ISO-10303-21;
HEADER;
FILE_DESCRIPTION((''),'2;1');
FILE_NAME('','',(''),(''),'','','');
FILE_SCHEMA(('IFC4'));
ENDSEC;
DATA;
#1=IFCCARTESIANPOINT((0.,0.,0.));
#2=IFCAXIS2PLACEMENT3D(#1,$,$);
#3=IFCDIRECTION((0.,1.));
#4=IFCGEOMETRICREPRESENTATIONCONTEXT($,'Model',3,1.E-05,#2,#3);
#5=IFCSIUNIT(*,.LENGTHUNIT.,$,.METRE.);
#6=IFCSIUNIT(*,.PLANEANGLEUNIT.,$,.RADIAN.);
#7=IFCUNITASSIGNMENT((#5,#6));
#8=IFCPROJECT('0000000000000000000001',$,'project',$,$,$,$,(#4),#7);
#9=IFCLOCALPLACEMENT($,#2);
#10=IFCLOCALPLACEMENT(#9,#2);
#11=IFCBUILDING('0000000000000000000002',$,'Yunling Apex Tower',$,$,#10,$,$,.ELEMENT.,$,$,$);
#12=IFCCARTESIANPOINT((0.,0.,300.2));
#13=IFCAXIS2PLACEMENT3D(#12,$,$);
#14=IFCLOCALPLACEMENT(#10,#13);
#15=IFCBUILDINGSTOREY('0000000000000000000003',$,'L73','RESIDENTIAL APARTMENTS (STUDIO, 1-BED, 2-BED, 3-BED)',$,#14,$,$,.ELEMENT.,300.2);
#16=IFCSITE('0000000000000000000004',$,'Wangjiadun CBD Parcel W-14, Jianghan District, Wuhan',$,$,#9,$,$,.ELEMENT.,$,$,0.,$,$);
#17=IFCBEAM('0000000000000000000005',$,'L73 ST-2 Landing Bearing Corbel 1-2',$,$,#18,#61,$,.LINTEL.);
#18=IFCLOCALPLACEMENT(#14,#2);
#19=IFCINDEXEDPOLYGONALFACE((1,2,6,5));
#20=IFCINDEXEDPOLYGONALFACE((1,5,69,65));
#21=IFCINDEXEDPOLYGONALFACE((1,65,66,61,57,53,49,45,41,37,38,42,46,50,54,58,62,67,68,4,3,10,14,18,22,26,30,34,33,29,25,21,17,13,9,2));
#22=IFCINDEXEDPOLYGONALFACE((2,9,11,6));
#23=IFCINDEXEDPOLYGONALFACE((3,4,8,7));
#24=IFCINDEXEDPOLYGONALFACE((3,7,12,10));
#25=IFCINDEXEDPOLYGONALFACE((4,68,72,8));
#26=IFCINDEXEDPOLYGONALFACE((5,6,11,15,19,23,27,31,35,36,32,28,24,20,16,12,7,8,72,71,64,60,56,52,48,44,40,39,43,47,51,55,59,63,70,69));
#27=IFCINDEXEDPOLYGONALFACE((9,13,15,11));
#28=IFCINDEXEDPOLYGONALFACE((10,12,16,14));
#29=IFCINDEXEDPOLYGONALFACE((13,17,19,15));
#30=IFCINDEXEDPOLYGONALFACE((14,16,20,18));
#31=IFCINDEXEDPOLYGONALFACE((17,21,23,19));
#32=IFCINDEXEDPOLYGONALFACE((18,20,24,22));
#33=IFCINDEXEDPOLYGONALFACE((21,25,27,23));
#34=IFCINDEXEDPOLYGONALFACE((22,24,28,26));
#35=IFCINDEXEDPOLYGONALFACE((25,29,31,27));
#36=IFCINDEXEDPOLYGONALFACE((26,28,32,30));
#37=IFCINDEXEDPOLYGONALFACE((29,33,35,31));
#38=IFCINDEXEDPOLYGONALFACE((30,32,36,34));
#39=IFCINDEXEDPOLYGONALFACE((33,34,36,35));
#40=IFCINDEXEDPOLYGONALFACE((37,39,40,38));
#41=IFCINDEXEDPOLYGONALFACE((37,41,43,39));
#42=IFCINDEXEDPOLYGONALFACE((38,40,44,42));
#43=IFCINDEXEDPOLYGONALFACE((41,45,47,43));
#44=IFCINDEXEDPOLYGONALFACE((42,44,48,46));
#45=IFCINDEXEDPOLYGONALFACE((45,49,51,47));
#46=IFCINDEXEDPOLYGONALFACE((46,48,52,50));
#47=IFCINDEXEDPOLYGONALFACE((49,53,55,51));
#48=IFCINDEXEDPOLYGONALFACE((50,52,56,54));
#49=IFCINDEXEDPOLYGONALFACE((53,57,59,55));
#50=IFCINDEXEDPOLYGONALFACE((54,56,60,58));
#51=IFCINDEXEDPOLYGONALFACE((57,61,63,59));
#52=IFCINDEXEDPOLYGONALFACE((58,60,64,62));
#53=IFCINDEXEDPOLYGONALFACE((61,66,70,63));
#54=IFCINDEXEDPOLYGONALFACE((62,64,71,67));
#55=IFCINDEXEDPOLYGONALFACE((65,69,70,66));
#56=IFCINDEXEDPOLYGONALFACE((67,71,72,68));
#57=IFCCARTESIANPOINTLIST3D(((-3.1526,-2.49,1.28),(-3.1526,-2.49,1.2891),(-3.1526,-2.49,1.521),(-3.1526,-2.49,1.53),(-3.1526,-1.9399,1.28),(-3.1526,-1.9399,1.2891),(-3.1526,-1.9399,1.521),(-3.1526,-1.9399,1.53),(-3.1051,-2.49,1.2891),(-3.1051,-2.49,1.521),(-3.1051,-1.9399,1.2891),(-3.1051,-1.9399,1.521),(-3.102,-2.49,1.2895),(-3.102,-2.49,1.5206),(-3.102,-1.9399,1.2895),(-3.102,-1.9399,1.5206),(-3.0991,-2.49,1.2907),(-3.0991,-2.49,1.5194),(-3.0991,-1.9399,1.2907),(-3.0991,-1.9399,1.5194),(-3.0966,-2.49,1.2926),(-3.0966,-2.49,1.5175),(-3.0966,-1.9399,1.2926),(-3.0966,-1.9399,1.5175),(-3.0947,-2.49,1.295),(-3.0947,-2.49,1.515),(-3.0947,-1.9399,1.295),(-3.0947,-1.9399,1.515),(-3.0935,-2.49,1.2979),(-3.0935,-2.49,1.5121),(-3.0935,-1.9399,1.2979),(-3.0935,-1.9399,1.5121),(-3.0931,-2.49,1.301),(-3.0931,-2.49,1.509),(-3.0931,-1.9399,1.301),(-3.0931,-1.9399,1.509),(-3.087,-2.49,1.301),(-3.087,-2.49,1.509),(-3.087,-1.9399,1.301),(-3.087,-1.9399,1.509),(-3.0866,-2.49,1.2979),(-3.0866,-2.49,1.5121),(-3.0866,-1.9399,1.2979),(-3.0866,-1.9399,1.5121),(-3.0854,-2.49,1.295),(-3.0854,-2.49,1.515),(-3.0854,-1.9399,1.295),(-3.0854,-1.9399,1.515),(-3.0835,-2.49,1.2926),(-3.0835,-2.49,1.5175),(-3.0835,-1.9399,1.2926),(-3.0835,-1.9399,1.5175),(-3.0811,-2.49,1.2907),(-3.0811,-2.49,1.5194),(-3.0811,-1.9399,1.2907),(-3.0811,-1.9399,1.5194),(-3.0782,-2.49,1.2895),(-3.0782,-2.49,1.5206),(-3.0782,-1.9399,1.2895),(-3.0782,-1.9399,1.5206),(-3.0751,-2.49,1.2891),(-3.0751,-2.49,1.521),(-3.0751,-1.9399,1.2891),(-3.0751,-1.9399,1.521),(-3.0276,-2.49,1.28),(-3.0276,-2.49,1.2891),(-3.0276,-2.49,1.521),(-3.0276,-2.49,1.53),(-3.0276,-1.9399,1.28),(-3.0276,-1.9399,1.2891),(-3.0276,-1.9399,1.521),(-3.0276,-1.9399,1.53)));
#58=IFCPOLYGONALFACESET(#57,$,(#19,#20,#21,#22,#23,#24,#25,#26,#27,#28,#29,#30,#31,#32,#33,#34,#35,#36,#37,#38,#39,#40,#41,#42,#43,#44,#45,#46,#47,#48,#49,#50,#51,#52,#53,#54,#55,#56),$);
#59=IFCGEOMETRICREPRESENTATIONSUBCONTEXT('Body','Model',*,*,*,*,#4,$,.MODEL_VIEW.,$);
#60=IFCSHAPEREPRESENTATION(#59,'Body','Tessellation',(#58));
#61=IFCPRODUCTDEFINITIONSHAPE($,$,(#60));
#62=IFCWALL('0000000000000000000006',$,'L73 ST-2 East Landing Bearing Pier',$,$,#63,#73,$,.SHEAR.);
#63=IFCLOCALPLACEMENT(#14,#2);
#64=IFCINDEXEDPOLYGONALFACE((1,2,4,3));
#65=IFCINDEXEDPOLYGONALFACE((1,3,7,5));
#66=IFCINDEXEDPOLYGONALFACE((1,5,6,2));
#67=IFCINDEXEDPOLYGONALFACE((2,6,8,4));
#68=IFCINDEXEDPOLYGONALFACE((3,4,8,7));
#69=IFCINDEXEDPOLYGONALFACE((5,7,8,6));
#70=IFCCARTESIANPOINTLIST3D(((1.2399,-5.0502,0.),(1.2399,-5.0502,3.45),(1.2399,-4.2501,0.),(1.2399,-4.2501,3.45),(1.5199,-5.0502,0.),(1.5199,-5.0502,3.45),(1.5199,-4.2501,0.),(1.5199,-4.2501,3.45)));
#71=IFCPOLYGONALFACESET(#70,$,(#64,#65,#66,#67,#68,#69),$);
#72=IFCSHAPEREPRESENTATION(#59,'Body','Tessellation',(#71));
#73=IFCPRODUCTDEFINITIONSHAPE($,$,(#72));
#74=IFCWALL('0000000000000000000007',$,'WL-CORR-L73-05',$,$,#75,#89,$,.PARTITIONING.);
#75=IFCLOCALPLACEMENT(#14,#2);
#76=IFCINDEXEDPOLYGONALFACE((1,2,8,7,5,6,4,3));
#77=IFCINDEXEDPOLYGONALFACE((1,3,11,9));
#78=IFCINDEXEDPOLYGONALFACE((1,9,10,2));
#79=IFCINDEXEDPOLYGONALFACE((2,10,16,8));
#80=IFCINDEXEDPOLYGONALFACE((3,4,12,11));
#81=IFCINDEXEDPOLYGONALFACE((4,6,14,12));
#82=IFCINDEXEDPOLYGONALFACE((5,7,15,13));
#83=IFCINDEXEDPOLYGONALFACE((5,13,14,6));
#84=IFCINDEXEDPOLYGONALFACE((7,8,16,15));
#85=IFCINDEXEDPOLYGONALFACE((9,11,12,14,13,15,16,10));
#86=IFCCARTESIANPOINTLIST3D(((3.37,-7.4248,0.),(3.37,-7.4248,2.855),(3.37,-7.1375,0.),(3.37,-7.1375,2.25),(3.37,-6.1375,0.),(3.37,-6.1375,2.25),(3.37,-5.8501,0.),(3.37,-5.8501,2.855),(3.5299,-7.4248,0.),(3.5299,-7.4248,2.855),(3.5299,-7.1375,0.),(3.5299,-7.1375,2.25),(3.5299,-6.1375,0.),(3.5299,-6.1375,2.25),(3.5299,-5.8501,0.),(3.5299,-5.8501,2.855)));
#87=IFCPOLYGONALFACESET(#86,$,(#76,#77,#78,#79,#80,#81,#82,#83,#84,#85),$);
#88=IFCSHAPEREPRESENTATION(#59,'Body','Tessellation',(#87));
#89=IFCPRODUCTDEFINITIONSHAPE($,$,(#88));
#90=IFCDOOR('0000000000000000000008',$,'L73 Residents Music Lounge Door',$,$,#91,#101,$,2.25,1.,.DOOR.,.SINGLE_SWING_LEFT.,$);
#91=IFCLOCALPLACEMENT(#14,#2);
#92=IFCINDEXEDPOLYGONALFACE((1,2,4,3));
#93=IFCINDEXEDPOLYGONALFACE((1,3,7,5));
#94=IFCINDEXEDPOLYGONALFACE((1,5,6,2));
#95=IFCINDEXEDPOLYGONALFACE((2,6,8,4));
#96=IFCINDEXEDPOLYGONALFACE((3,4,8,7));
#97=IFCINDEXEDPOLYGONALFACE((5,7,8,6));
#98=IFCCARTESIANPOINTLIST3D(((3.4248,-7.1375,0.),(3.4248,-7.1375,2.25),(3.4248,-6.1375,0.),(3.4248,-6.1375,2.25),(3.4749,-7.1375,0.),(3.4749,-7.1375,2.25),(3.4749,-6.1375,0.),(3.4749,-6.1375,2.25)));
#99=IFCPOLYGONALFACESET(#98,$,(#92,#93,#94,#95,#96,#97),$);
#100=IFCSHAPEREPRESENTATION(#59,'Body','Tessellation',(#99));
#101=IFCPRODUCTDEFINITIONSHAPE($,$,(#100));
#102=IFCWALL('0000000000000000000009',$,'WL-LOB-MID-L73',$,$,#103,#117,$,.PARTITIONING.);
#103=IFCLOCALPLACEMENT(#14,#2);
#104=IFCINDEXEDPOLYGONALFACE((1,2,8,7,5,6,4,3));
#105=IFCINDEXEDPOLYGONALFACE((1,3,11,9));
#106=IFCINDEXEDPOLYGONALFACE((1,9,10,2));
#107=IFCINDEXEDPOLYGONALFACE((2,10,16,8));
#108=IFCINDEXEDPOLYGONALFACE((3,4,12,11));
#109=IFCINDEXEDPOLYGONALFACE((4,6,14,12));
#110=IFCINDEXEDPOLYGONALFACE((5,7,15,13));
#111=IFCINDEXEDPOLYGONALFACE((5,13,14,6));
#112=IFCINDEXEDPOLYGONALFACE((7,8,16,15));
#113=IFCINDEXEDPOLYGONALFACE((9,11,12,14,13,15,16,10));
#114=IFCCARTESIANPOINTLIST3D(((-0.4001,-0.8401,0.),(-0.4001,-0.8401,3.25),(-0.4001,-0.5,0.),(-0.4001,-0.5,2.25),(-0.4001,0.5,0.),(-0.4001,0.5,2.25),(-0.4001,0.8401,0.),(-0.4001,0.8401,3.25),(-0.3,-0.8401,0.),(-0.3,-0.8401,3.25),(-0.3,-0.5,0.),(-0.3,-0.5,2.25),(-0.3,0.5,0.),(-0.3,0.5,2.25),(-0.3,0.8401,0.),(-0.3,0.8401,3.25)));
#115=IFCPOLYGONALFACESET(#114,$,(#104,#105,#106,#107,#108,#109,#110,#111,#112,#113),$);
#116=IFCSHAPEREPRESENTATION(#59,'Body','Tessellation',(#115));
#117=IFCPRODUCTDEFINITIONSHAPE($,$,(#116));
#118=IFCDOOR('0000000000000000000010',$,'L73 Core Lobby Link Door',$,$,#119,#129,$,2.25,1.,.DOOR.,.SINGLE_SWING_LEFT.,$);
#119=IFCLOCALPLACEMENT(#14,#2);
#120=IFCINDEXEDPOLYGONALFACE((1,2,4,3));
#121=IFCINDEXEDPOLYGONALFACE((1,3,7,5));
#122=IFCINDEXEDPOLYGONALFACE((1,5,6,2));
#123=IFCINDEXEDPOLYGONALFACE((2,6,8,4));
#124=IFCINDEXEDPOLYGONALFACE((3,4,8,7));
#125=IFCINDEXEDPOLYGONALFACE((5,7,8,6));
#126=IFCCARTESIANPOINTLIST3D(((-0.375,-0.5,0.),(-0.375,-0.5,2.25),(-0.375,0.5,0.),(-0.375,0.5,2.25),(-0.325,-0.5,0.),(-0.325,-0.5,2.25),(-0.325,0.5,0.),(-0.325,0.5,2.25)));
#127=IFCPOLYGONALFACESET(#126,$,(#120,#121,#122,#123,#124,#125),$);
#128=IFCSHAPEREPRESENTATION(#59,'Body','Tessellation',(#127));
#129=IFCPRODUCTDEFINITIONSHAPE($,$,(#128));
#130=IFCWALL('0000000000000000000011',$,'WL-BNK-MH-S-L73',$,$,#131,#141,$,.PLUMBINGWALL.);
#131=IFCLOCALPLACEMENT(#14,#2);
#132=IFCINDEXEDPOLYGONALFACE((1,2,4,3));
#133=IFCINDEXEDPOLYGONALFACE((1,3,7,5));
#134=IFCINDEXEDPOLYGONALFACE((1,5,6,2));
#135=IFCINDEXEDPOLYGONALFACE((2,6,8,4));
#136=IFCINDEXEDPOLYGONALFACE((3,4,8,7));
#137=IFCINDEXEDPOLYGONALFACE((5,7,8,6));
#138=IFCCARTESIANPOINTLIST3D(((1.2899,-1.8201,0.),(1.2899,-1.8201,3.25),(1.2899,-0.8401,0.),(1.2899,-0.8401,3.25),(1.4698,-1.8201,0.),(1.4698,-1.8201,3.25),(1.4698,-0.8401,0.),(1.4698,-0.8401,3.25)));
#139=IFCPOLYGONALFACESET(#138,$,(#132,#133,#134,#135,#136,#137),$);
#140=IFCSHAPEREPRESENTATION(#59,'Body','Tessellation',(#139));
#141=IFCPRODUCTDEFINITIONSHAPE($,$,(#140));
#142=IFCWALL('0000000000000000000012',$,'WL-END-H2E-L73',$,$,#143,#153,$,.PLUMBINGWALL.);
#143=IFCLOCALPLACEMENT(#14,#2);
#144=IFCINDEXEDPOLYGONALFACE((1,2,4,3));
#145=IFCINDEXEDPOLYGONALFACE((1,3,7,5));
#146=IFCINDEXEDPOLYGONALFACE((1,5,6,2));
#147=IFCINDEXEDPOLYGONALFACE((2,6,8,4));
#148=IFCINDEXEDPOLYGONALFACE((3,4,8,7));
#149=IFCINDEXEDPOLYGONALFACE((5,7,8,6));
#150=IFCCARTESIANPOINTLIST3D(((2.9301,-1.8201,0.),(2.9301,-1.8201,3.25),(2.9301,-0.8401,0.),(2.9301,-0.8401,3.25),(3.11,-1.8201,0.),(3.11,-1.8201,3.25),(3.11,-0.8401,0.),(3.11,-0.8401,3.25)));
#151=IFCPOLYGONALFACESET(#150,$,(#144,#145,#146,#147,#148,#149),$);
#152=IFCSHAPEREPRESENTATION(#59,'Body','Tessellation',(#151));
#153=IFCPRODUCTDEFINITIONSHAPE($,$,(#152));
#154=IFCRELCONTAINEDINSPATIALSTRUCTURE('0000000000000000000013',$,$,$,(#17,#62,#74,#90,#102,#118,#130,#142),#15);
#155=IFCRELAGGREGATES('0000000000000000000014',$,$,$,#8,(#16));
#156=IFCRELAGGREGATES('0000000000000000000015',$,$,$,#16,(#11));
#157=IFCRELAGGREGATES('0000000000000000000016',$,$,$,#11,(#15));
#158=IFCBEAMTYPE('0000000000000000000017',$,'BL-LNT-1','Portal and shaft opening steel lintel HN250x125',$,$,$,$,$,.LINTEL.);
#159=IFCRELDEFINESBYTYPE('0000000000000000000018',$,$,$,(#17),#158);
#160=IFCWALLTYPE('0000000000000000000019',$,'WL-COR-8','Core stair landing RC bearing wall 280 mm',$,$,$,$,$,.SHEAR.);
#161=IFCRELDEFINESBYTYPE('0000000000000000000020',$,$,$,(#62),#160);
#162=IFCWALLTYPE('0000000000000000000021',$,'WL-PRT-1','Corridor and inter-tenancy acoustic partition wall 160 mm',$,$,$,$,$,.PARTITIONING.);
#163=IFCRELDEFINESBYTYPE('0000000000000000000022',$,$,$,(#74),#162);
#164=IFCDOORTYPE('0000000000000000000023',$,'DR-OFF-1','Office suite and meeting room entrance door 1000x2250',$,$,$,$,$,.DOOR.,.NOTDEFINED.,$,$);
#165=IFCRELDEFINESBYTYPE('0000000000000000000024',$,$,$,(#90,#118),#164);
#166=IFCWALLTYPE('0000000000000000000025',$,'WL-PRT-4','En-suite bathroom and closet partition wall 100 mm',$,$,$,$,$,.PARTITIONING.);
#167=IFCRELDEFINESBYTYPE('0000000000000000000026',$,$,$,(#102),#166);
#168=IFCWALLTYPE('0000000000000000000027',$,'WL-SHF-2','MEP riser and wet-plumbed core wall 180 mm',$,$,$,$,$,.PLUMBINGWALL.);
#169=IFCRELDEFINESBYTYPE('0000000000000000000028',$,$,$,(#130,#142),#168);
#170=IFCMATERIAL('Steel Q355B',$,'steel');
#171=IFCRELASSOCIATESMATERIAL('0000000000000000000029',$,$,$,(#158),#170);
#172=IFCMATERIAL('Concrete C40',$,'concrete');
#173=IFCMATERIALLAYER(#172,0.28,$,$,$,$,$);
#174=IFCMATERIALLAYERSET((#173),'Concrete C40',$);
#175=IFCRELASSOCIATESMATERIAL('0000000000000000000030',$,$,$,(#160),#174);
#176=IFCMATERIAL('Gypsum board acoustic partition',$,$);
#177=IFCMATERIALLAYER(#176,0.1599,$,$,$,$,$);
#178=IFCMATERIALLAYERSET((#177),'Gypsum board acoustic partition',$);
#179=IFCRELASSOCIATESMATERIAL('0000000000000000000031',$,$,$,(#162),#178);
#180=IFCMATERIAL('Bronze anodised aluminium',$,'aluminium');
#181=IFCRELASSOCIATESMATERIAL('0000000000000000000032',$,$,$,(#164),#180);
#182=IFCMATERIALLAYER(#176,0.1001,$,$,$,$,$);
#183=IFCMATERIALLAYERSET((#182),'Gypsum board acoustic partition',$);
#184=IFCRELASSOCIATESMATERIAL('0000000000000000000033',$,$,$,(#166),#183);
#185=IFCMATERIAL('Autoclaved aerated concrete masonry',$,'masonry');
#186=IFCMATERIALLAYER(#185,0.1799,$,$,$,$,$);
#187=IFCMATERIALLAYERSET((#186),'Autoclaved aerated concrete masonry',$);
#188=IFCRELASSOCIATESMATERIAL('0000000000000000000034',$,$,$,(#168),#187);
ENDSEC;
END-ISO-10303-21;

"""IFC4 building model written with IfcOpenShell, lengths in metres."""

from ifc_helpers import new_model, si_unit, direction, frame, frame_2d, origin, origin_2d, place, context, subcontext, project, spatial, rectangle, i_section, extrude, source, transform, mapped, material, layer, layer_set, material_profile, profile_set, type_object, element, fill, save


model = new_model("IFC4")

# Units and contexts
model_context = context("Model", 3, precision=1e-05, world=origin(), true_north=direction((0.0, 1.0)))
body_context = subcontext(model_context, "Body", "Model", "MODEL_VIEW")
ifc_project = project(units=[si_unit("LENGTHUNIT", "METRE"), si_unit("PLANEANGLEUNIT", "RADIAN")], contexts=[model_context])

# Site, building, storey
site_placement = place(None, origin())
site = spatial("IfcSite", under=ifc_project, at=site_placement, Name="Wangjiadun CBD Parcel W-14, Jianghan District, Wuhan", CompositionType="ELEMENT", RefElevation=0.0)
building_placement = place(site_placement, origin())
building = spatial("IfcBuilding", under=site, at=building_placement, Name="Yunling Apex Tower", CompositionType="ELEMENT")
storey_placement = place(building_placement, frame((0.0, 0.0, 300.2)))
storey = spatial("IfcBuildingStorey", under=building, at=storey_placement, Name="L73", Description="RESIDENTIAL APARTMENTS (STUDIO, 1-BED, 2-BED, 3-BED)", CompositionType="ELEMENT", Elevation=300.2)

# Beam
ifc_material_1 = material(Name="Steel Q355B", Category="steel")
ifc_material_profile = material_profile(ifc_material_1, i_section(OverallWidth=0.125, OverallDepth=0.25, WebThickness=0.0061, FlangeThickness=0.009, FilletRadius=0.012, at=origin_2d()))
ifc_profile_set = profile_set([ifc_material_profile], Name="Steel Q355B")
beam_type = type_object("IfcBeamType", Name="BL-LNT-1", Description="Portal and shaft opening steel lintel HN250x125", PredefinedType="LINTEL", material=ifc_profile_set)
shared_shape = source(origin(), body_context, "Body", "SweptSolid", [
    extrude(i_section(OverallWidth=0.125, OverallDepth=0.25, WebThickness=0.0061, FlangeThickness=0.009, FilletRadius=0.012, at=origin_2d()), origin(), (0.0, 0.0, 1.0), 0.55),
])
beam_placement = place(storey_placement, frame((-3.0901, -1.9399, 1.405), z_axis=(0.0, -1.0, 0.0), x_axis=(1.0, 0.0, 0.0)))
element("IfcBeam", 1, at=beam_placement, inside=storey, type_object=beam_type, Name="L73 ST-2 Landing Bearing Corbel 1-2", PredefinedType="LINTEL", context=body_context, shape_type="MappedRepresentation", body=[
    mapped(shared_shape, transform((0.0, 0.0, 0.0), scale=1.0)),
])

# Wall
ifc_material_2 = material(Name="Concrete C40", Category="concrete")
ifc_layer_1 = layer(ifc_material_2, 0.28)
ifc_layer_set_1 = layer_set([ifc_layer_1], Name="Concrete C40")
wall_type_1 = type_object("IfcWallType", Name="WL-COR-8", Description="Core stair landing RC bearing wall 280 mm", PredefinedType="SHEAR", material=ifc_layer_set_1)
wall_1_placement = place(storey_placement, frame((1.3799, -5.05, 0.0), z_axis=(0.0, 0.0, 1.0), x_axis=(0.0, 1.0, 0.0)))
element("IfcWall", 2, at=wall_1_placement, inside=storey, type_object=wall_type_1, Name="L73 ST-2 East Landing Bearing Pier", PredefinedType="SHEAR", context=body_context, shape_type="SweptSolid", body=[
    extrude(rectangle(XDim=0.8, YDim=0.28, at=frame_2d((0.3999, 0.0))), origin(), (0.0, 0.0, 1.0), 3.45),
])

# Walls, openings, doors
ifc_material_3 = material(Name="Gypsum board acoustic partition")
ifc_layer_2 = layer(ifc_material_3, 0.1599)
ifc_layer_set_2 = layer_set([ifc_layer_2], Name="Gypsum board acoustic partition")
wall_type_2 = type_object("IfcWallType", Name="WL-PRT-1", Description="Corridor and inter-tenancy acoustic partition wall 160 mm", PredefinedType="PARTITIONING", material=ifc_layer_set_2)
wall_2_placement = place(storey_placement, frame((3.45, -5.8501, 0.0), z_axis=(0.0, 0.0, 1.0), x_axis=(0.0, -1.0, 0.0)))
wall_2 = element("IfcWall", 3, at=wall_2_placement, inside=storey, type_object=wall_type_2, Name="WL-CORR-L73-05", PredefinedType="PARTITIONING", context=body_context, shape_type="SweptSolid", body=[
    extrude(rectangle(XDim=1.5747, YDim=0.1599, at=frame_2d((0.7874, 0.0))), origin(), (0.0, 0.0, 1.0), 2.855),
])
opening_1_placement = place(wall_2_placement, frame((0.2874, 0.0, 0.0)))
opening_1 = element("IfcOpeningElement", 4, at=opening_1_placement, cuts=wall_2, PredefinedType="OPENING", context=body_context, shape_type="SweptSolid", body=[
    extrude(rectangle(XDim=1.0, YDim=2.25, at=frame_2d((0.5, 1.125))), frame((0.0, 0.0898, 0.0), z_axis=(0.0, -1.0, 0.0), x_axis=(1.0, 0.0, 0.0)), (0.0, 0.0, 1.0), 0.1799),
])
ifc_material_4 = material(Name="Bronze anodised aluminium", Category="aluminium")
door_type_1 = type_object("IfcDoorType", Name="DR-OFF-1", Description="Office suite and meeting room entrance door 1000x2250", OperationType="NOTDEFINED", PredefinedType="DOOR", material=ifc_material_4)
door_1_placement = place(opening_1_placement, origin())
door_1 = element("IfcDoor", 5, at=door_1_placement, inside=storey, type_object=door_type_1, Name="L73 Residents Music Lounge Door", OperationType="SINGLE_SWING_LEFT", OverallHeight=2.25, OverallWidth=1.0, PredefinedType="DOOR", context=body_context, shape_type="SweptSolid", body=[
    extrude(rectangle(XDim=1.0, YDim=2.25, at=frame_2d((0.5, 1.125))), frame((0.0, 0.0249, 0.0), z_axis=(0.0, -1.0, 0.0), x_axis=(1.0, 0.0, 0.0)), (0.0, 0.0, 1.0), 0.05),
])
fill(opening_1, door_1)
ifc_layer_3 = layer(ifc_material_3, 0.1001)
ifc_layer_set_3 = layer_set([ifc_layer_3], Name="Gypsum board acoustic partition")
wall_type_3 = type_object("IfcWallType", Name="WL-PRT-4", Description="En-suite bathroom and closet partition wall 100 mm", PredefinedType="PARTITIONING", material=ifc_layer_set_3)
wall_3_placement = place(storey_placement, frame((-0.3501, -0.8401, 0.0), z_axis=(0.0, 0.0, 1.0), x_axis=(0.0, 1.0, 0.0)))
wall_3 = element("IfcWall", 6, at=wall_3_placement, inside=storey, type_object=wall_type_3, Name="WL-LOB-MID-L73", PredefinedType="PARTITIONING", context=body_context, shape_type="SweptSolid", body=[
    extrude(rectangle(XDim=1.6802, YDim=0.1001, at=frame_2d((0.8401, 0.0))), origin(), (0.0, 0.0, 1.0), 3.25),
])
opening_2_placement = place(wall_3_placement, frame((0.3401, 0.0, 0.0)))
opening_2 = element("IfcOpeningElement", 7, at=opening_2_placement, cuts=wall_3, PredefinedType="OPENING", context=body_context, shape_type="SweptSolid", body=[
    extrude(rectangle(XDim=1.0, YDim=2.25, at=frame_2d((0.5, 1.125))), frame((0.0, 0.0601, 0.0), z_axis=(0.0, -1.0, 0.0), x_axis=(1.0, 0.0, 0.0)), (0.0, 0.0, 1.0), 0.1201),
])
door_2_placement = place(opening_2_placement, origin())
door_2 = element("IfcDoor", 8, at=door_2_placement, inside=storey, type_object=door_type_1, Name="L73 Core Lobby Link Door", OperationType="SINGLE_SWING_LEFT", OverallHeight=2.25, OverallWidth=1.0, PredefinedType="DOOR", context=body_context, shape_type="SweptSolid", body=[
    extrude(rectangle(XDim=1.0, YDim=2.25, at=frame_2d((0.5, 1.125))), frame((0.0, 0.0249, 0.0), z_axis=(0.0, -1.0, 0.0), x_axis=(1.0, 0.0, 0.0)), (0.0, 0.0, 1.0), 0.05),
])
fill(opening_2, door_2)
ifc_material_5 = material(Name="Autoclaved aerated concrete masonry", Category="masonry")

# Walls
ifc_layer_4 = layer(ifc_material_5, 0.1799)
ifc_layer_set_4 = layer_set([ifc_layer_4], Name="Autoclaved aerated concrete masonry")
wall_type_4 = type_object("IfcWallType", Name="WL-SHF-2", Description="MEP riser and wet-plumbed core wall 180 mm", PredefinedType="PLUMBINGWALL", material=ifc_layer_set_4)
for number, where, z_axis, x_axis, name in (
    (9, (1.3799, -1.8201, 0.0), (0.0, 0.0, 1.0), (0.0, 1.0, 0.0), "WL-BNK-MH-S-L73"),
    (10, (3.02, -1.8201, 0.0), (0.0, 0.0, 1.0), (0.0, 1.0, 0.0), "WL-END-H2E-L73"),
):
    element("IfcWall", number, at=place(storey_placement, frame(where, z_axis=z_axis, x_axis=x_axis)), inside=storey, type_object=wall_type_4, Name=name, PredefinedType="PLUMBINGWALL", context=body_context, shape_type="SweptSolid", body=[
        extrude(rectangle(XDim=0.98, YDim=0.1799, at=frame_2d((0.49, 0.0))), origin(), (0.0, 0.0, 1.0), 3.25),
    ])

save(model, "model.ifc")
